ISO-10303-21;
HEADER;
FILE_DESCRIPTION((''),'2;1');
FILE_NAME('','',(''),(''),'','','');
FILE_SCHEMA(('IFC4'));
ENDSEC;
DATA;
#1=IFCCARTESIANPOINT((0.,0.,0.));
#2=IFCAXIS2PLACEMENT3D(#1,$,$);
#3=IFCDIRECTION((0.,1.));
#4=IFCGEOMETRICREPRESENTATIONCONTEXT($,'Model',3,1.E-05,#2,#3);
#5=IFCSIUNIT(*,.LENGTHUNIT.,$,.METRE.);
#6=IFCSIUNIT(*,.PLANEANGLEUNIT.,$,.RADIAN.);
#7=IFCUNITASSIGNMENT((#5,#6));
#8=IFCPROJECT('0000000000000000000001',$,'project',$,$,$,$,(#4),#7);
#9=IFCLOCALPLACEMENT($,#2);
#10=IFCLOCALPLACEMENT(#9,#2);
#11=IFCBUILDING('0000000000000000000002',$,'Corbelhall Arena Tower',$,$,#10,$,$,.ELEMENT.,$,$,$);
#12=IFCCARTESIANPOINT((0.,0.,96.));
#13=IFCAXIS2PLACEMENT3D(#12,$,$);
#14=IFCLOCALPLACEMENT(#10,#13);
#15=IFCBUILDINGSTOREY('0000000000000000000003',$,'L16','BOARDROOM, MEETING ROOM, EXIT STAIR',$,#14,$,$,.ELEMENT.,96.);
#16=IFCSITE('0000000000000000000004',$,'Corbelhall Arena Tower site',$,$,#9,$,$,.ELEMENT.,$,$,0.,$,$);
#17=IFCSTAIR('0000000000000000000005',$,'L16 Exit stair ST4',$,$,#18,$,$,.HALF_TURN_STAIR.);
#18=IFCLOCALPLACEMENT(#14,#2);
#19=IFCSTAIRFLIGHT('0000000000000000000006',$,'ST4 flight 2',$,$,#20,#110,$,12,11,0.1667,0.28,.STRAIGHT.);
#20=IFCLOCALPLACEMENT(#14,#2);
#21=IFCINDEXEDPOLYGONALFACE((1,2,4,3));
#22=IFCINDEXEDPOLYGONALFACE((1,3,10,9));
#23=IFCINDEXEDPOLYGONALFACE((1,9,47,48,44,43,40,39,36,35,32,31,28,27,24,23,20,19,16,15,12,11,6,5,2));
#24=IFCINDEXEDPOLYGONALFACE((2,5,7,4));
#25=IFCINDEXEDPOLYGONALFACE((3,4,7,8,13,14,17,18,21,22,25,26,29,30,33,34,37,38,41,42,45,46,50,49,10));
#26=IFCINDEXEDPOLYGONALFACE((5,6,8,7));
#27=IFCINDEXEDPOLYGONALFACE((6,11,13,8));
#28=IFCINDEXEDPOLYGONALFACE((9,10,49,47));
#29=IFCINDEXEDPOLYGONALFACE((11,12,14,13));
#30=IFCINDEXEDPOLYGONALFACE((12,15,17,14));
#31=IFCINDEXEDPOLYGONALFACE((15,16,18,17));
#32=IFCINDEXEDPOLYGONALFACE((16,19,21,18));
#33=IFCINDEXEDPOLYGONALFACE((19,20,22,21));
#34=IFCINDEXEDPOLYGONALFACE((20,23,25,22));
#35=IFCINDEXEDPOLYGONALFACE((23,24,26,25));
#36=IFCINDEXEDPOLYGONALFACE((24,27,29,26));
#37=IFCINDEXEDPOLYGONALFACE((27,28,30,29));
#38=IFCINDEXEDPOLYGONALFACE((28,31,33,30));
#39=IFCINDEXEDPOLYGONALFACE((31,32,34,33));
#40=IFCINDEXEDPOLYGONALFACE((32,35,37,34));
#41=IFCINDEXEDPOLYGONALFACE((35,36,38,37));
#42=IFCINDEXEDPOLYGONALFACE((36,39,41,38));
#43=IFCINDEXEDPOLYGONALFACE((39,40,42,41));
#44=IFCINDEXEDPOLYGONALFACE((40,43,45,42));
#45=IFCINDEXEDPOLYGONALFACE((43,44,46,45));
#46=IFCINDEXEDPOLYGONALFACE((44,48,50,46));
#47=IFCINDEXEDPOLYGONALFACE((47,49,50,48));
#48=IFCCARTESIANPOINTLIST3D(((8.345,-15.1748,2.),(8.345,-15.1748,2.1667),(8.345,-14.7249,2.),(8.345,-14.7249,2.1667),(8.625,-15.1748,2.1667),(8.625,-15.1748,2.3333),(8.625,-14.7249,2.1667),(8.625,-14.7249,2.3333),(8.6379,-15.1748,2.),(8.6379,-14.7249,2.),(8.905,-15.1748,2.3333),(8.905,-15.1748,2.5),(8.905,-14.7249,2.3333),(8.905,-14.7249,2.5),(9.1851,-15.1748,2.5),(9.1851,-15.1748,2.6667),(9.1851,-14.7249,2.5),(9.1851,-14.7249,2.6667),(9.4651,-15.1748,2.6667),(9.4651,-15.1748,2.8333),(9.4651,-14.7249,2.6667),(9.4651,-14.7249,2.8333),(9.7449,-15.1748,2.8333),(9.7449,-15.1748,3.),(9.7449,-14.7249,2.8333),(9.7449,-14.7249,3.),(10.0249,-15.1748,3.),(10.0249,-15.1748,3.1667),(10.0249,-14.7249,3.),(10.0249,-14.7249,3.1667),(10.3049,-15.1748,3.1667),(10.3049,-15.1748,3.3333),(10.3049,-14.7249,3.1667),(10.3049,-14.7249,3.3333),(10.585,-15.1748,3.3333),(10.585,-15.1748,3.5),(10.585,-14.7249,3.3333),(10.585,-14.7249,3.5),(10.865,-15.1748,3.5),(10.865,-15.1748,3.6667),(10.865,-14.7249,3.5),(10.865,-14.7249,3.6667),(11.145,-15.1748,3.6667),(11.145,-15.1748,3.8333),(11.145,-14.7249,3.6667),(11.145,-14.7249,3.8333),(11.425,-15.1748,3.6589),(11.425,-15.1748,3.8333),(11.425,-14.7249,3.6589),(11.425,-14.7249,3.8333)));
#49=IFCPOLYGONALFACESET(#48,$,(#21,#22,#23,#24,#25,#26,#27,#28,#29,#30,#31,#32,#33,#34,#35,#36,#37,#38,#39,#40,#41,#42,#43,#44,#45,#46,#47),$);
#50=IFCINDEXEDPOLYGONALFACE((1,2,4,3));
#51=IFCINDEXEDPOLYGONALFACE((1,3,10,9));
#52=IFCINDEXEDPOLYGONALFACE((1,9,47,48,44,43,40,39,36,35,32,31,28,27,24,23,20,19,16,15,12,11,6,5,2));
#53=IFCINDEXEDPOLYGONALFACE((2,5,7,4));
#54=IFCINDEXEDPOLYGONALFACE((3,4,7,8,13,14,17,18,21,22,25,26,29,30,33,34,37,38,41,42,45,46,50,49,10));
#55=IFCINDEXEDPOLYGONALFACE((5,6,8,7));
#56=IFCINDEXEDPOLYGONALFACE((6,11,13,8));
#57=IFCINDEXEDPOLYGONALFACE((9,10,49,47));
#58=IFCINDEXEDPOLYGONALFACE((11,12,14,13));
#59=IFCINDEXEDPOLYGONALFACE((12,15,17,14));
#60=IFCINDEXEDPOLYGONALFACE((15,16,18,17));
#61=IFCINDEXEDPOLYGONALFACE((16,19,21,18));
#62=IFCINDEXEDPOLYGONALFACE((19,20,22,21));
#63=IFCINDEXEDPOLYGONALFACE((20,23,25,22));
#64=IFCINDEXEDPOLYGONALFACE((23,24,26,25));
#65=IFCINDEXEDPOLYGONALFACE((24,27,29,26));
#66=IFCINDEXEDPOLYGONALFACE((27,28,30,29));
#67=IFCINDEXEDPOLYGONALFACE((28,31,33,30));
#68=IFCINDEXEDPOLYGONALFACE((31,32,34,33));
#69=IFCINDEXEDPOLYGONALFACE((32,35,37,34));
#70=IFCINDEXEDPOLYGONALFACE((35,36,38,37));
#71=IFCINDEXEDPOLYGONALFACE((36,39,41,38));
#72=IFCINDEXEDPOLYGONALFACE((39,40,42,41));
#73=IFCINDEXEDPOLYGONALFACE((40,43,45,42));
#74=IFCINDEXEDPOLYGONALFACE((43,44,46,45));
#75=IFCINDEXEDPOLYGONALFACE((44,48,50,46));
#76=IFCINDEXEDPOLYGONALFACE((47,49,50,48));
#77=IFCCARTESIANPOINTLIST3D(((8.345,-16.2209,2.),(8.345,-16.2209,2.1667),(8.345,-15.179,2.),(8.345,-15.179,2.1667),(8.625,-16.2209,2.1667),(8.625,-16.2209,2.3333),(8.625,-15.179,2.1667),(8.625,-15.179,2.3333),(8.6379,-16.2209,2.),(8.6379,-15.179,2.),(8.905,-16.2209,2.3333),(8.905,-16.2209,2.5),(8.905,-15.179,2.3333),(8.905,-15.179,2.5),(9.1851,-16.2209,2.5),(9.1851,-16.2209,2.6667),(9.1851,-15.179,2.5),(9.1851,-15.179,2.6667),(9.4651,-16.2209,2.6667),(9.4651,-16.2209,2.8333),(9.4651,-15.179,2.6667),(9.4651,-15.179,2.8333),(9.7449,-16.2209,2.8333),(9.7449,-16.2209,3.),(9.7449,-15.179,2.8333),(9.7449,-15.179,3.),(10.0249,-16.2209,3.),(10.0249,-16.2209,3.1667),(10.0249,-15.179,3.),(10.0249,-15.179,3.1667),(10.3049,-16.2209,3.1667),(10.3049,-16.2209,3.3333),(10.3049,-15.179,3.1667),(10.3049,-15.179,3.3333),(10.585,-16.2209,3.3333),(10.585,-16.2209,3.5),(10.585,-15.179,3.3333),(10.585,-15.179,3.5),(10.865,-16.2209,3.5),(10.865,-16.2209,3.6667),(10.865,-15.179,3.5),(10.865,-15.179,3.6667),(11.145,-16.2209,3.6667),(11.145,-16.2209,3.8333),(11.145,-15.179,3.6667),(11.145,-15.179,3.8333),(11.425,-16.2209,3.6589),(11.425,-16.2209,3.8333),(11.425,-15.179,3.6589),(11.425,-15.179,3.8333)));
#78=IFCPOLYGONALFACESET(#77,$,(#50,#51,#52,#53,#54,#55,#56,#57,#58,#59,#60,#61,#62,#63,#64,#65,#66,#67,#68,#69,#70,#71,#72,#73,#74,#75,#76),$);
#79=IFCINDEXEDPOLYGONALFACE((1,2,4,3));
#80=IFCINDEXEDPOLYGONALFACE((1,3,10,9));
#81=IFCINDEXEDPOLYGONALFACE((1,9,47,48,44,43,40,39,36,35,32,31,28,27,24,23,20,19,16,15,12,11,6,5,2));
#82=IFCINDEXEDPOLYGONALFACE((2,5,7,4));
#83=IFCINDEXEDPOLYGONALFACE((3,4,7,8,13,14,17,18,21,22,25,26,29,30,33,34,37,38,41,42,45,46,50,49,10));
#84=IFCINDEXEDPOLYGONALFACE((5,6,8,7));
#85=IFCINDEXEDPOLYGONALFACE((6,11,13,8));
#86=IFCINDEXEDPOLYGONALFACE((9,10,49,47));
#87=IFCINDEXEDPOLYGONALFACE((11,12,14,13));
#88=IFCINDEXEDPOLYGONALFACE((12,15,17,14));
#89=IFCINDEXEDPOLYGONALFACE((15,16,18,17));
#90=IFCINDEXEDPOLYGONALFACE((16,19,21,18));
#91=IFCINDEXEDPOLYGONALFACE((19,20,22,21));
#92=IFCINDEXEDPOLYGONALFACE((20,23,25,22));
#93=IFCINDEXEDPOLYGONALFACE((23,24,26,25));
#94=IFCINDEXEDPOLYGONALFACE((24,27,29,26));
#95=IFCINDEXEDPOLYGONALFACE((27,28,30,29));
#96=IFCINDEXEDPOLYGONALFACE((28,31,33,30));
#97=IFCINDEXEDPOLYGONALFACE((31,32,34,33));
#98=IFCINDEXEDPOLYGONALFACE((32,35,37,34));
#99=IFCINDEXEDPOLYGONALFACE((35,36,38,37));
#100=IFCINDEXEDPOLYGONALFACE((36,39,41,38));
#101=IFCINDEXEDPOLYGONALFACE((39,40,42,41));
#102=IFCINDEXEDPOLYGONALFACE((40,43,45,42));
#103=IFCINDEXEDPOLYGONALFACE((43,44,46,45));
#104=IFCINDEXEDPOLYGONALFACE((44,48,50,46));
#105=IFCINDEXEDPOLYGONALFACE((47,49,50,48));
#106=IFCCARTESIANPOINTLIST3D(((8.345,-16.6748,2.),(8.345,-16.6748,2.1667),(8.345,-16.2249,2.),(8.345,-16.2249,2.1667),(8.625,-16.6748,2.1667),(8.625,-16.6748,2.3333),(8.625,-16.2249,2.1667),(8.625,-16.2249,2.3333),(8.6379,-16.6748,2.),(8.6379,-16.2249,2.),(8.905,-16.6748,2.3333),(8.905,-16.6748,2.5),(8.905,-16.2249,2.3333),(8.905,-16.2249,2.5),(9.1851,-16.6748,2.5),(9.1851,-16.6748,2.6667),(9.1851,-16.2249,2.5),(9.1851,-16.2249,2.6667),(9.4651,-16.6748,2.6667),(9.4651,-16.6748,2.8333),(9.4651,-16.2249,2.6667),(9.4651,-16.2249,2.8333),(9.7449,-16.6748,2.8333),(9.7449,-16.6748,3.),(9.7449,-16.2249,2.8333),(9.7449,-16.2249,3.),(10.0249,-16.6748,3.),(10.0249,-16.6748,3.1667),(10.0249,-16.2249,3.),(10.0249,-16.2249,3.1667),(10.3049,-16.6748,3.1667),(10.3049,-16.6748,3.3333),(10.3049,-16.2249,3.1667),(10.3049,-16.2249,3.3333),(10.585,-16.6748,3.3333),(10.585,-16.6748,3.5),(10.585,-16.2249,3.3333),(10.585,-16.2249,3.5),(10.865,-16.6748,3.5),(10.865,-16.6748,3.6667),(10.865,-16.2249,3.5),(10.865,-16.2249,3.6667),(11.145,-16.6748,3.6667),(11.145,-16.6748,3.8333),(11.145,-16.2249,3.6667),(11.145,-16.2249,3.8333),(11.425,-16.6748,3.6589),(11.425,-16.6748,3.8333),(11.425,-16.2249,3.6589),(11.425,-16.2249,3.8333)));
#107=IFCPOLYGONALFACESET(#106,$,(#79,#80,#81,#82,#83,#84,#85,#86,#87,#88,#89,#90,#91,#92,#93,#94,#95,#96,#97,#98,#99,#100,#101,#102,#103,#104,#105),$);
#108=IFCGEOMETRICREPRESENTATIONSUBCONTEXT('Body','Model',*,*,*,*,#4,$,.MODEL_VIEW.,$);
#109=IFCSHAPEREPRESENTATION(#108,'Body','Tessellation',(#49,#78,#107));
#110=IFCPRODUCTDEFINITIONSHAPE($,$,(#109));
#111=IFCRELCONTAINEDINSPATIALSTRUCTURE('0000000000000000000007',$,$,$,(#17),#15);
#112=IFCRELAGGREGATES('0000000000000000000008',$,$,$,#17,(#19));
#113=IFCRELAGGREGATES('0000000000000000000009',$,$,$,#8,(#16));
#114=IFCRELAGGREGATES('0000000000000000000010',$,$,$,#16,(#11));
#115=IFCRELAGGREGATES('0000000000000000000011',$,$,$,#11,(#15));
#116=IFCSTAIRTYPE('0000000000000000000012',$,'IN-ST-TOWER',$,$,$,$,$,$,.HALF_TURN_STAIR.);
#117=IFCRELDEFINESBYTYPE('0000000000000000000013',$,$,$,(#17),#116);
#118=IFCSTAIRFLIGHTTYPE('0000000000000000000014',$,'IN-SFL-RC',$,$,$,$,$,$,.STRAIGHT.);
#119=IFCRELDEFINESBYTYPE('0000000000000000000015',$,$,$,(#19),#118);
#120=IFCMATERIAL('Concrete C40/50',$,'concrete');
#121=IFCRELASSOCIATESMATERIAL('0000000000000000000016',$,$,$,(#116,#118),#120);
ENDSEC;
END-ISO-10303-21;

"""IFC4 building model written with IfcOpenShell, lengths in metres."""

from ifc_helpers import new_model, si_unit, direction, frame, origin, place, context, subcontext, project, spatial, polyline, outline, extrude, material, type_object, element, aggregate, save


model = new_model("IFC4")

# Units and contexts
model_context = context("Model", 3, precision=1e-05, world=origin(), true_north=direction((0.0, 1.0)))
body_context = subcontext(model_context, "Body", "Model", "MODEL_VIEW")
ifc_project = project(units=[si_unit("LENGTHUNIT", "METRE"), si_unit("PLANEANGLEUNIT", "RADIAN")], contexts=[model_context])

# Site, building, storey
site_placement = place(None, origin())
site = spatial("IfcSite", under=ifc_project, at=site_placement, Name="Corbelhall Arena Tower site", CompositionType="ELEMENT", RefElevation=0.0)
building_placement = place(site_placement, origin())
building = spatial("IfcBuilding", under=site, at=building_placement, Name="Corbelhall Arena Tower", CompositionType="ELEMENT")
storey_placement = place(building_placement, frame((0.0, 0.0, 96.0)))
storey = spatial("IfcBuildingStorey", under=building, at=storey_placement, Name="L16", Description="BOARDROOM, MEETING ROOM, EXIT STAIR", CompositionType="ELEMENT", Elevation=96.0)

# Shared definitions
ifc_material_1 = material(Name="Concrete C40/50", Category="concrete")

# Stair, stair flight
stair_type = type_object("IfcStairType", Name="IN-ST-TOWER", PredefinedType="HALF_TURN_STAIR", material=ifc_material_1)
stair_placement = place(storey_placement, origin())
stair = element("IfcStair", 1, at=stair_placement, inside=storey, type_object=stair_type, Name="L16 Exit stair ST4", PredefinedType="HALF_TURN_STAIR")
stair_flight_type = type_object("IfcStairFlightType", Name="IN-SFL-RC", PredefinedType="STRAIGHT", material=ifc_material_1)
stair_flight_placement = place(storey_placement, frame((8.345, -15.7, 2.0), z_axis=(0.0, 0.0, 1.0), x_axis=(1.0, 0.0, 0.0)))
stair_flight = element("IfcStairFlight", 2, at=stair_flight_placement, type_object=stair_flight_type, Name="ST4 flight 2", NumberOfRisers=12, NumberOfTreads=11, PredefinedType="STRAIGHT", RiserHeight=0.1667, TreadLength=0.28, context=body_context, shape_type="SweptSolid", body=[
    extrude(outline(polyline([(0.0, 0.0), (0.0, 0.1667), (0.28, 0.1667), (0.28, 0.3333), (0.5601, 0.3333), (0.5601, 0.5), (0.8401, 0.5), (0.8401, 0.6667), (1.1201, 0.6667), (1.1201, 0.8333), (1.3999, 0.8333), (1.3999, 1.0), (1.6799, 1.0), (1.6799, 1.1667), (1.96, 1.1667), (1.96, 1.3333), (2.24, 1.3333), (2.24, 1.5), (2.52, 1.5), (2.52, 1.6667), (2.8, 1.6667), (2.8, 1.8333), (3.0801, 1.8333), (3.0801, 2.0), (3.0801, 1.6589), (0.293, 0.0), (0.0, 0.0)])), frame((0.0, 0.9751, 0.0), z_axis=(0.0, -1.0, 0.0), x_axis=(1.0, 0.0, 0.0)), (0.0, 0.0, 1.0), 0.45),
    extrude(outline(polyline([(0.0, 0.0), (0.0, 0.1667), (0.28, 0.1667), (0.28, 0.3333), (0.5601, 0.3333), (0.5601, 0.5), (0.8401, 0.5), (0.8401, 0.6667), (1.1201, 0.6667), (1.1201, 0.8333), (1.3999, 0.8333), (1.3999, 1.0), (1.6799, 1.0), (1.6799, 1.1667), (1.96, 1.1667), (1.96, 1.3333), (2.24, 1.3333), (2.24, 1.5), (2.52, 1.5), (2.52, 1.6667), (2.8, 1.6667), (2.8, 1.8333), (3.0801, 1.8333), (3.0801, 2.0), (3.0801, 1.6589), (0.293, 0.0), (0.0, 0.0)])), frame((0.0, 0.521, 0.0), z_axis=(0.0, -1.0, 0.0), x_axis=(1.0, 0.0, 0.0)), (0.0, 0.0, 1.0), 1.042),
    extrude(outline(polyline([(0.0, 0.0), (0.0, 0.1667), (0.28, 0.1667), (0.28, 0.3333), (0.5601, 0.3333), (0.5601, 0.5), (0.8401, 0.5), (0.8401, 0.6667), (1.1201, 0.6667), (1.1201, 0.8333), (1.3999, 0.8333), (1.3999, 1.0), (1.6799, 1.0), (1.6799, 1.1667), (1.96, 1.1667), (1.96, 1.3333), (2.24, 1.3333), (2.24, 1.5), (2.52, 1.5), (2.52, 1.6667), (2.8, 1.6667), (2.8, 1.8333), (3.0801, 1.8333), (3.0801, 2.0), (3.0801, 1.6589), (0.293, 0.0), (0.0, 0.0)])), frame((0.0, -0.5249, 0.0), z_axis=(0.0, -1.0, 0.0), x_axis=(1.0, 0.0, 0.0)), (0.0, 0.0, 1.0), 0.45),
])
aggregate(stair, [stair_flight])

save(model, "model.ifc")
